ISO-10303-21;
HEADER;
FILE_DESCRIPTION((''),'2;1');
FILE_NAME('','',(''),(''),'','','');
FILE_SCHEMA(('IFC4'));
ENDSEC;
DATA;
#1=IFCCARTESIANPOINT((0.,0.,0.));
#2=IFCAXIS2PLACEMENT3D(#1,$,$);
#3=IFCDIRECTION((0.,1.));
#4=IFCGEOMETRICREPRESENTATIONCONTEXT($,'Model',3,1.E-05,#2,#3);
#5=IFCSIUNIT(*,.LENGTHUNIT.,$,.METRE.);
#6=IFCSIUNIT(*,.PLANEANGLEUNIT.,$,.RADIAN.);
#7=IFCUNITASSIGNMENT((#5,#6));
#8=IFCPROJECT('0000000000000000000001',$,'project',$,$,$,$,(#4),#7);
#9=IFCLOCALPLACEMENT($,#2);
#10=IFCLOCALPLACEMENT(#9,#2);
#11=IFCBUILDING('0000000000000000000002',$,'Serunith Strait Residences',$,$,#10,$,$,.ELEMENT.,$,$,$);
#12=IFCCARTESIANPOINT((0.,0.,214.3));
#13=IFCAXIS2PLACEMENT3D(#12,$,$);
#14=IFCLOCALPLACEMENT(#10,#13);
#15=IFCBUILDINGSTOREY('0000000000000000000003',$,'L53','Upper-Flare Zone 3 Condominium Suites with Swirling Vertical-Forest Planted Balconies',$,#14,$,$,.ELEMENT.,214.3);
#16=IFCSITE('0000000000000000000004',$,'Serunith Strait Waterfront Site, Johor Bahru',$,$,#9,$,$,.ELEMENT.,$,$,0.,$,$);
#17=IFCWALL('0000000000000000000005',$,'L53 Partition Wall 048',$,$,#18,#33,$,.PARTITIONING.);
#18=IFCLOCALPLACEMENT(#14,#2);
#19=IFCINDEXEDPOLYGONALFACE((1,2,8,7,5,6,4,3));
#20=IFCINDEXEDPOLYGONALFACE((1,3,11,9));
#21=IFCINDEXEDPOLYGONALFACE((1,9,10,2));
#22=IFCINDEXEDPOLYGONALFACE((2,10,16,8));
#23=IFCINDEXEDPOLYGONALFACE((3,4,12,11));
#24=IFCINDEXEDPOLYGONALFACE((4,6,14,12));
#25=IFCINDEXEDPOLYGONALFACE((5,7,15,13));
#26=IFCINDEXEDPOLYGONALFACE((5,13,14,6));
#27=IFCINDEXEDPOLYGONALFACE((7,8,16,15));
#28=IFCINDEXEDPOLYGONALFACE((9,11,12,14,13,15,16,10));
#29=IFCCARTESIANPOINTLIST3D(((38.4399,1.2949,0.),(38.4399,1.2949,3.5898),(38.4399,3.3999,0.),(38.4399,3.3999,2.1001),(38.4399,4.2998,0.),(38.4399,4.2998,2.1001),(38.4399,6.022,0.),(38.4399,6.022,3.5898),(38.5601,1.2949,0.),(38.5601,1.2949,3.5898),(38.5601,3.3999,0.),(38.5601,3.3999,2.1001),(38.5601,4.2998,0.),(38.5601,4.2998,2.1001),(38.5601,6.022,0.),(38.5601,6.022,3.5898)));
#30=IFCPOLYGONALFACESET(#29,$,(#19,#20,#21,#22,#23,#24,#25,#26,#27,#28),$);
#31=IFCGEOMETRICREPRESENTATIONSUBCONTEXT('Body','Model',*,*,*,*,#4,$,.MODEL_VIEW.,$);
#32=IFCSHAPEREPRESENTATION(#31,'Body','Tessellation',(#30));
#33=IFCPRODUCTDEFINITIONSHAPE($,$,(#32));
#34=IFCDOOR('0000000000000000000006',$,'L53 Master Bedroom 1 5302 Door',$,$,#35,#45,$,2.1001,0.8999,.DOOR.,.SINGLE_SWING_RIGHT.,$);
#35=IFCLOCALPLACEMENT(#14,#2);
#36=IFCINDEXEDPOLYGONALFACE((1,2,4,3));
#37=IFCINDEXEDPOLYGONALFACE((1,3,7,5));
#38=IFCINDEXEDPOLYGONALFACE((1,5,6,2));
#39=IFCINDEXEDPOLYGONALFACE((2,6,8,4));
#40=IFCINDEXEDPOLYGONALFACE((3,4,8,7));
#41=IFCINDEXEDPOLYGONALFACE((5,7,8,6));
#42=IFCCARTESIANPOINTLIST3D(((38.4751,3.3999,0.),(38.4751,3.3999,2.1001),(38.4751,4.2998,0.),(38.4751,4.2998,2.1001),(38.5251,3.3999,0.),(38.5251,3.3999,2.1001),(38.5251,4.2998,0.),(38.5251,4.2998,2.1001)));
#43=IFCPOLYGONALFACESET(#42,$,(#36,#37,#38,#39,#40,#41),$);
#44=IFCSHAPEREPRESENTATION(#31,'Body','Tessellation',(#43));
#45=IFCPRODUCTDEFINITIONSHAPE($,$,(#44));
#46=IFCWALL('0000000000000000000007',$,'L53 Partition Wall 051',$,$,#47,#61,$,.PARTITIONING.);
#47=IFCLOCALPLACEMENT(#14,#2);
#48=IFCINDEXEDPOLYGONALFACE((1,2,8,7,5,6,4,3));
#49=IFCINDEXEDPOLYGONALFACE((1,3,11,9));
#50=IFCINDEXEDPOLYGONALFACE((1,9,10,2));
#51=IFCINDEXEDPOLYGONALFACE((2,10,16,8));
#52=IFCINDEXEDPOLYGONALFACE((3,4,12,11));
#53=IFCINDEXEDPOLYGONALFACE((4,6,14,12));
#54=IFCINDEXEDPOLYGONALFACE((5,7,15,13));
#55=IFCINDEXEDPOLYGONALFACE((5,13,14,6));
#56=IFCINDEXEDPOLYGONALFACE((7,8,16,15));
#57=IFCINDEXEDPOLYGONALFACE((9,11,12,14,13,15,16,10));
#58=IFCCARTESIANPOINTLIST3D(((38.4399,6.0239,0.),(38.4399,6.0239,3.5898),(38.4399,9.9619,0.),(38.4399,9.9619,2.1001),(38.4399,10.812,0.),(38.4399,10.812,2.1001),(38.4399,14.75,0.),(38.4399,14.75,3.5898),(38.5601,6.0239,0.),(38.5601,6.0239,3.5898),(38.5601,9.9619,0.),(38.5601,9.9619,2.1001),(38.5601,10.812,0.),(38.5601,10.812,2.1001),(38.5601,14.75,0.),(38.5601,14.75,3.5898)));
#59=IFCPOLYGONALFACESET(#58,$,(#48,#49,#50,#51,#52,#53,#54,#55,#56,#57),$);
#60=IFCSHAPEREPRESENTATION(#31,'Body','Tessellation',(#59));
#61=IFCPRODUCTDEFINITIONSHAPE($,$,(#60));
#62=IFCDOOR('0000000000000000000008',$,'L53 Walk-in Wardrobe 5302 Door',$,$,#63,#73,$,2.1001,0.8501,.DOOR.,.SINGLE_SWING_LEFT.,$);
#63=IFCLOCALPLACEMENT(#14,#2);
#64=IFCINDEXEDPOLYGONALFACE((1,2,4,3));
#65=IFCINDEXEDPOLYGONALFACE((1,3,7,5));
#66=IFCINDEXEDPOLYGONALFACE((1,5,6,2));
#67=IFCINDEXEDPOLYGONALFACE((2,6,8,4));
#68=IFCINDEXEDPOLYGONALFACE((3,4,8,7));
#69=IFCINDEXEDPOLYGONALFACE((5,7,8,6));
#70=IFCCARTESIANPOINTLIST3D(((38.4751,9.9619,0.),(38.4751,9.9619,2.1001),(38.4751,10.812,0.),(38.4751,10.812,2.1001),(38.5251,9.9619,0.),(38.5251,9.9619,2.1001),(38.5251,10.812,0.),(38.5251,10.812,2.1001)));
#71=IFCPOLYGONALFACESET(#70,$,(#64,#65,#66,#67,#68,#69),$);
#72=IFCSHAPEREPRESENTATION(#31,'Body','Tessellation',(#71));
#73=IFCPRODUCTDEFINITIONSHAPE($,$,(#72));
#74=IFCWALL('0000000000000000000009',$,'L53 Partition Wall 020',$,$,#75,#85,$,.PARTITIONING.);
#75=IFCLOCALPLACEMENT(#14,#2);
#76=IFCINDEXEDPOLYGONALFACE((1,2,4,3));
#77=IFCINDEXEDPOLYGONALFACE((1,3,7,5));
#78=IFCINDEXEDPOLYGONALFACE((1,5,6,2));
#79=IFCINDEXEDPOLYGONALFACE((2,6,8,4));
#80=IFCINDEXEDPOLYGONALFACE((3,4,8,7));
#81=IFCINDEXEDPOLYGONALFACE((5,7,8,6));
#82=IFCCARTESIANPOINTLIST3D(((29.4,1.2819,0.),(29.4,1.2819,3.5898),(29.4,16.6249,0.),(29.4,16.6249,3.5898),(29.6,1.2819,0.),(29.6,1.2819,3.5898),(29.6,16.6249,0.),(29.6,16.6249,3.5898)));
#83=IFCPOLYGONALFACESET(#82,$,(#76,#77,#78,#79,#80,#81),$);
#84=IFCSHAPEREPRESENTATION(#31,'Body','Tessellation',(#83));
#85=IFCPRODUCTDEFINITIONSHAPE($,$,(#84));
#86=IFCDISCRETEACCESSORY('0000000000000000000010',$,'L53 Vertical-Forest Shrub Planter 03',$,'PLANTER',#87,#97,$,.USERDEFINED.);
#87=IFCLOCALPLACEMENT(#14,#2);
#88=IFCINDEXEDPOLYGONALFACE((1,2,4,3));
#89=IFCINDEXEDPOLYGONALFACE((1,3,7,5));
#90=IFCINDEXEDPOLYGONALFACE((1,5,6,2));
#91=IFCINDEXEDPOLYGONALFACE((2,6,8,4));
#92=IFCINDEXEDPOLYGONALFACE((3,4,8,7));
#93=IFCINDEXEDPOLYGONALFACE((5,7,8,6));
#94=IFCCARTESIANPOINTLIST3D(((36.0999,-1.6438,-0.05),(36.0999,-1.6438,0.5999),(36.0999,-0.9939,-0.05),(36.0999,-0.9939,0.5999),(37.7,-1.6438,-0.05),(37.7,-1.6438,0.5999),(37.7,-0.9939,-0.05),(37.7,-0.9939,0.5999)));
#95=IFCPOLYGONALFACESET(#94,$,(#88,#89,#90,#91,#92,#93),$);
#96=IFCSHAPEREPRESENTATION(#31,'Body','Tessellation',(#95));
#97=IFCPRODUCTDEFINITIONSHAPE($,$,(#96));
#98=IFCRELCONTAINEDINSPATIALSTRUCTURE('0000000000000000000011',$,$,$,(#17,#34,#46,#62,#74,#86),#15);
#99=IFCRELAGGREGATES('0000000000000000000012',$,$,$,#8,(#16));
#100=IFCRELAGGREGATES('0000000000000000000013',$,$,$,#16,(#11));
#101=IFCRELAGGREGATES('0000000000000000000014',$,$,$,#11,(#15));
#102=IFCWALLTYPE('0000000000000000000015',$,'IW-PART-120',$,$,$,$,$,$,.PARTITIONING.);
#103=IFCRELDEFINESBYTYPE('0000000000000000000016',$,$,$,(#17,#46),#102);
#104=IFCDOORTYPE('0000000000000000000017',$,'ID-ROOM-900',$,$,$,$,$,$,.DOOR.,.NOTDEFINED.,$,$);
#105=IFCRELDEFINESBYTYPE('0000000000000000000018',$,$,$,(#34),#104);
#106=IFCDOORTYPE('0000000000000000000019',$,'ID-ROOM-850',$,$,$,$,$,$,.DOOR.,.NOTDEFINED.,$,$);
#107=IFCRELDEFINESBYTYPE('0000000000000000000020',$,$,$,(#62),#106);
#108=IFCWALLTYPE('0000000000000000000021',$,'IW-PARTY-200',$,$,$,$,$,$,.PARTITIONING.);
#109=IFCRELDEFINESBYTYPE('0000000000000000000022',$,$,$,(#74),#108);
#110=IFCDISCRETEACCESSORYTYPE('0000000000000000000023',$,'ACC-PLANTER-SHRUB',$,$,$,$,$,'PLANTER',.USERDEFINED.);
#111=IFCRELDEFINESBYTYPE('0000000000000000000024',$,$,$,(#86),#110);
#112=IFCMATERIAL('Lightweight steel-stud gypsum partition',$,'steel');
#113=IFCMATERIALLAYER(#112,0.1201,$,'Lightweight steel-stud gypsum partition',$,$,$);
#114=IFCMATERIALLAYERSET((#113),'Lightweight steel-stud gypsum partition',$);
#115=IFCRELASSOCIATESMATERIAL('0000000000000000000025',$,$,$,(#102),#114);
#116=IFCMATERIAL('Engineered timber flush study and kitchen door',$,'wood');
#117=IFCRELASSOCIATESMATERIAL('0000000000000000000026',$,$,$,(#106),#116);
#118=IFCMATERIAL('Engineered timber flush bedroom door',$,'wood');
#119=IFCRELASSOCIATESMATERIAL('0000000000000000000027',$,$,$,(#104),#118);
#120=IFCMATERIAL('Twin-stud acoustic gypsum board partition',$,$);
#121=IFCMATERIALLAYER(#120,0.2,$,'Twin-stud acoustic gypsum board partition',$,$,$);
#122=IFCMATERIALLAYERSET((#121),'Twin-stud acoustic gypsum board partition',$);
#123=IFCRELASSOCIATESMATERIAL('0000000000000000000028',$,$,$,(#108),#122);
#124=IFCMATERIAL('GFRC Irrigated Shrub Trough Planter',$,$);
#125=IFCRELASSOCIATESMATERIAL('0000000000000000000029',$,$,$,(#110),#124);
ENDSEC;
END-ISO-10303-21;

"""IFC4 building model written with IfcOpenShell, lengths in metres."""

from ifc_helpers import new_model, si_unit, direction, frame, frame_2d, origin, origin_2d, place, context, subcontext, project, spatial, rectangle, extrude, source, transform, mapped, material, layer, layer_set, type_object, element, fill, save


model = new_model("IFC4")

# Units and contexts
model_context = context("Model", 3, precision=1e-05, world=origin(), true_north=direction((0.0, 1.0)))
body_context = subcontext(model_context, "Body", "Model", "MODEL_VIEW")
ifc_project = project(units=[si_unit("LENGTHUNIT", "METRE"), si_unit("PLANEANGLEUNIT", "RADIAN")], contexts=[model_context])

# Site, building, storey
site_placement = place(None, origin())
site = spatial("IfcSite", under=ifc_project, at=site_placement, Name="Serunith Strait Waterfront Site, Johor Bahru", CompositionType="ELEMENT", RefElevation=0.0)
building_placement = place(site_placement, origin())
building = spatial("IfcBuilding", under=site, at=building_placement, Name="Serunith Strait Residences", CompositionType="ELEMENT")
storey_placement = place(building_placement, frame((0.0, 0.0, 214.3)))
storey = spatial("IfcBuildingStorey", under=building, at=storey_placement, Name="L53", Description="Upper-Flare Zone 3 Condominium Suites with Swirling Vertical-Forest Planted Balconies", CompositionType="ELEMENT", Elevation=214.3)

# Shared definitions
ifc_material_1 = material(Name="Lightweight steel-stud gypsum partition", Category="steel")
ifc_layer_1 = layer(ifc_material_1, 0.1201, Name="Lightweight steel-stud gypsum partition")
ifc_layer_set_1 = layer_set([ifc_layer_1], Name="Lightweight steel-stud gypsum partition")
wall_type_1 = type_object("IfcWallType", Name="IW-PART-120", PredefinedType="PARTITIONING", material=ifc_layer_set_1)
ifc_material_2 = material(Name="Engineered timber flush study and kitchen door", Category="wood")
door_type_1 = type_object("IfcDoorType", Name="ID-ROOM-850", OperationType="NOTDEFINED", PredefinedType="DOOR", material=ifc_material_2)
shared_shape_1 = source(origin(), body_context, "Body", "SweptSolid", [
    extrude(rectangle(XDim=0.8501, YDim=2.1001, at=frame_2d((0.425, 1.05))), frame((0.0, 0.0249, 0.0), z_axis=(0.0, -1.0, 0.0), x_axis=(1.0, 0.0, 0.0)), (0.0, 0.0, 1.0), 0.05),
])

# Walls, openings, doors
wall_1_placement = place(storey_placement, frame((38.5, 1.2949, 0.0), z_axis=(0.0, 0.0, 1.0), x_axis=(0.0, 1.0, 0.0)))
wall_1 = element("IfcWall", 1, at=wall_1_placement, inside=storey, type_object=wall_type_1, Name="L53 Partition Wall 048", PredefinedType="PARTITIONING", context=body_context, shape_type="SweptSolid", body=[
    extrude(rectangle(XDim=4.7271, YDim=0.1201, at=frame_2d((2.3635, 0.0))), origin(), (0.0, 0.0, 1.0), 3.5898),
])
opening_1_placement = place(wall_1_placement, frame((2.105, 0.0, 0.0)))
opening_1 = element("IfcOpeningElement", 2, at=opening_1_placement, cuts=wall_1, PredefinedType="OPENING", context=body_context, shape_type="SweptSolid", body=[
    extrude(rectangle(XDim=0.8999, YDim=2.1001, at=frame_2d((0.45, 1.05))), frame((0.0, 0.0701, 0.0), z_axis=(0.0, -1.0, 0.0), x_axis=(1.0, 0.0, 0.0)), (0.0, 0.0, 1.0), 0.1401),
])
ifc_material_3 = material(Name="Engineered timber flush bedroom door", Category="wood")
door_type_2 = type_object("IfcDoorType", Name="ID-ROOM-900", OperationType="NOTDEFINED", PredefinedType="DOOR", material=ifc_material_3)
shared_shape_2 = source(origin(), body_context, "Body", "SweptSolid", [
    extrude(rectangle(XDim=0.8999, YDim=2.1001, at=frame_2d((0.45, 1.05))), frame((0.0, 0.0249, 0.0), z_axis=(0.0, -1.0, 0.0), x_axis=(1.0, 0.0, 0.0)), (0.0, 0.0, 1.0), 0.05),
])
door_1_placement = place(opening_1_placement, origin())
door_1 = element("IfcDoor", 3, at=door_1_placement, inside=storey, type_object=door_type_2, Name="L53 Master Bedroom 1 5302 Door", OperationType="SINGLE_SWING_RIGHT", OverallHeight=2.1001, OverallWidth=0.8999, PredefinedType="DOOR", context=body_context, shape_type="MappedRepresentation", body=[
    mapped(shared_shape_2, transform((0.0, 0.0, 0.0), scale=1.0)),
])
fill(opening_1, door_1)
wall_2_placement = place(storey_placement, frame((38.5, 6.0239, 0.0), z_axis=(0.0, 0.0, 1.0), x_axis=(0.0, 1.0, 0.0)))
wall_2 = element("IfcWall", 4, at=wall_2_placement, inside=storey, type_object=wall_type_1, Name="L53 Partition Wall 051", PredefinedType="PARTITIONING", context=body_context, shape_type="SweptSolid", body=[
    extrude(rectangle(XDim=8.7261, YDim=0.1201, at=frame_2d((4.363, 0.0))), origin(), (0.0, 0.0, 1.0), 3.5898),
])
opening_2_placement = place(wall_2_placement, frame((3.938, 0.0, 0.0)))
opening_2 = element("IfcOpeningElement", 5, at=opening_2_placement, cuts=wall_2, PredefinedType="OPENING", context=body_context, shape_type="SweptSolid", body=[
    extrude(rectangle(XDim=0.8501, YDim=2.1001, at=frame_2d((0.425, 1.05))), frame((0.0, 0.0701, 0.0), z_axis=(0.0, -1.0, 0.0), x_axis=(1.0, 0.0, 0.0)), (0.0, 0.0, 1.0), 0.1401),
])
door_2_placement = place(opening_2_placement, origin())
door_2 = element("IfcDoor", 6, at=door_2_placement, inside=storey, type_object=door_type_1, Name="L53 Walk-in Wardrobe 5302 Door", OperationType="SINGLE_SWING_LEFT", OverallHeight=2.1001, OverallWidth=0.8501, PredefinedType="DOOR", context=body_context, shape_type="MappedRepresentation", body=[
    mapped(shared_shape_1, transform((0.0, 0.0, 0.0), scale=1.0)),
])
fill(opening_2, door_2)

# Wall
ifc_material_4 = material(Name="Twin-stud acoustic gypsum board partition")
ifc_layer_2 = layer(ifc_material_4, 0.2, Name="Twin-stud acoustic gypsum board partition")
ifc_layer_set_2 = layer_set([ifc_layer_2], Name="Twin-stud acoustic gypsum board partition")
wall_type_2 = type_object("IfcWallType", Name="IW-PARTY-200", PredefinedType="PARTITIONING", material=ifc_layer_set_2)
wall_3_placement = place(storey_placement, frame((29.5, 1.282, 0.0), z_axis=(0.0, 0.0, 1.0), x_axis=(0.0, 1.0, 0.0)))
element("IfcWall", 7, at=wall_3_placement, inside=storey, type_object=wall_type_2, Name="L53 Partition Wall 020", PredefinedType="PARTITIONING", context=body_context, shape_type="SweptSolid", body=[
    extrude(rectangle(XDim=15.343, YDim=0.2, at=frame_2d((7.6714, 0.0))), origin(), (0.0, 0.0, 1.0), 3.5898),
])

# Discrete accessory
ifc_material_5 = material(Name="GFRC Irrigated Shrub Trough Planter")
discrete_accessory_type = type_object("IfcDiscreteAccessoryType", Name="ACC-PLANTER-SHRUB", ElementType="PLANTER", PredefinedType="USERDEFINED", material=ifc_material_5)
shared_shape_3 = source(origin(), body_context, "Body", "SweptSolid", [
    extrude(rectangle(XDim=1.6001, YDim=0.6499, at=origin_2d()), origin(), (0.0, 0.0, 1.0), 0.6499),
])
discrete_accessory_placement = place(storey_placement, frame((36.8999, -1.3188, -0.05), z_axis=(0.0, 0.0, 1.0), x_axis=(1.0, 0.0, 0.0)))
element("IfcDiscreteAccessory", 8, at=discrete_accessory_placement, inside=storey, type_object=discrete_accessory_type, Name="L53 Vertical-Forest Shrub Planter 03", ObjectType="PLANTER", PredefinedType="USERDEFINED", context=body_context, shape_type="MappedRepresentation", body=[
    mapped(shared_shape_3, transform((0.0, 0.0, 0.0), scale=1.0)),
])

save(model, "model.ifc")
